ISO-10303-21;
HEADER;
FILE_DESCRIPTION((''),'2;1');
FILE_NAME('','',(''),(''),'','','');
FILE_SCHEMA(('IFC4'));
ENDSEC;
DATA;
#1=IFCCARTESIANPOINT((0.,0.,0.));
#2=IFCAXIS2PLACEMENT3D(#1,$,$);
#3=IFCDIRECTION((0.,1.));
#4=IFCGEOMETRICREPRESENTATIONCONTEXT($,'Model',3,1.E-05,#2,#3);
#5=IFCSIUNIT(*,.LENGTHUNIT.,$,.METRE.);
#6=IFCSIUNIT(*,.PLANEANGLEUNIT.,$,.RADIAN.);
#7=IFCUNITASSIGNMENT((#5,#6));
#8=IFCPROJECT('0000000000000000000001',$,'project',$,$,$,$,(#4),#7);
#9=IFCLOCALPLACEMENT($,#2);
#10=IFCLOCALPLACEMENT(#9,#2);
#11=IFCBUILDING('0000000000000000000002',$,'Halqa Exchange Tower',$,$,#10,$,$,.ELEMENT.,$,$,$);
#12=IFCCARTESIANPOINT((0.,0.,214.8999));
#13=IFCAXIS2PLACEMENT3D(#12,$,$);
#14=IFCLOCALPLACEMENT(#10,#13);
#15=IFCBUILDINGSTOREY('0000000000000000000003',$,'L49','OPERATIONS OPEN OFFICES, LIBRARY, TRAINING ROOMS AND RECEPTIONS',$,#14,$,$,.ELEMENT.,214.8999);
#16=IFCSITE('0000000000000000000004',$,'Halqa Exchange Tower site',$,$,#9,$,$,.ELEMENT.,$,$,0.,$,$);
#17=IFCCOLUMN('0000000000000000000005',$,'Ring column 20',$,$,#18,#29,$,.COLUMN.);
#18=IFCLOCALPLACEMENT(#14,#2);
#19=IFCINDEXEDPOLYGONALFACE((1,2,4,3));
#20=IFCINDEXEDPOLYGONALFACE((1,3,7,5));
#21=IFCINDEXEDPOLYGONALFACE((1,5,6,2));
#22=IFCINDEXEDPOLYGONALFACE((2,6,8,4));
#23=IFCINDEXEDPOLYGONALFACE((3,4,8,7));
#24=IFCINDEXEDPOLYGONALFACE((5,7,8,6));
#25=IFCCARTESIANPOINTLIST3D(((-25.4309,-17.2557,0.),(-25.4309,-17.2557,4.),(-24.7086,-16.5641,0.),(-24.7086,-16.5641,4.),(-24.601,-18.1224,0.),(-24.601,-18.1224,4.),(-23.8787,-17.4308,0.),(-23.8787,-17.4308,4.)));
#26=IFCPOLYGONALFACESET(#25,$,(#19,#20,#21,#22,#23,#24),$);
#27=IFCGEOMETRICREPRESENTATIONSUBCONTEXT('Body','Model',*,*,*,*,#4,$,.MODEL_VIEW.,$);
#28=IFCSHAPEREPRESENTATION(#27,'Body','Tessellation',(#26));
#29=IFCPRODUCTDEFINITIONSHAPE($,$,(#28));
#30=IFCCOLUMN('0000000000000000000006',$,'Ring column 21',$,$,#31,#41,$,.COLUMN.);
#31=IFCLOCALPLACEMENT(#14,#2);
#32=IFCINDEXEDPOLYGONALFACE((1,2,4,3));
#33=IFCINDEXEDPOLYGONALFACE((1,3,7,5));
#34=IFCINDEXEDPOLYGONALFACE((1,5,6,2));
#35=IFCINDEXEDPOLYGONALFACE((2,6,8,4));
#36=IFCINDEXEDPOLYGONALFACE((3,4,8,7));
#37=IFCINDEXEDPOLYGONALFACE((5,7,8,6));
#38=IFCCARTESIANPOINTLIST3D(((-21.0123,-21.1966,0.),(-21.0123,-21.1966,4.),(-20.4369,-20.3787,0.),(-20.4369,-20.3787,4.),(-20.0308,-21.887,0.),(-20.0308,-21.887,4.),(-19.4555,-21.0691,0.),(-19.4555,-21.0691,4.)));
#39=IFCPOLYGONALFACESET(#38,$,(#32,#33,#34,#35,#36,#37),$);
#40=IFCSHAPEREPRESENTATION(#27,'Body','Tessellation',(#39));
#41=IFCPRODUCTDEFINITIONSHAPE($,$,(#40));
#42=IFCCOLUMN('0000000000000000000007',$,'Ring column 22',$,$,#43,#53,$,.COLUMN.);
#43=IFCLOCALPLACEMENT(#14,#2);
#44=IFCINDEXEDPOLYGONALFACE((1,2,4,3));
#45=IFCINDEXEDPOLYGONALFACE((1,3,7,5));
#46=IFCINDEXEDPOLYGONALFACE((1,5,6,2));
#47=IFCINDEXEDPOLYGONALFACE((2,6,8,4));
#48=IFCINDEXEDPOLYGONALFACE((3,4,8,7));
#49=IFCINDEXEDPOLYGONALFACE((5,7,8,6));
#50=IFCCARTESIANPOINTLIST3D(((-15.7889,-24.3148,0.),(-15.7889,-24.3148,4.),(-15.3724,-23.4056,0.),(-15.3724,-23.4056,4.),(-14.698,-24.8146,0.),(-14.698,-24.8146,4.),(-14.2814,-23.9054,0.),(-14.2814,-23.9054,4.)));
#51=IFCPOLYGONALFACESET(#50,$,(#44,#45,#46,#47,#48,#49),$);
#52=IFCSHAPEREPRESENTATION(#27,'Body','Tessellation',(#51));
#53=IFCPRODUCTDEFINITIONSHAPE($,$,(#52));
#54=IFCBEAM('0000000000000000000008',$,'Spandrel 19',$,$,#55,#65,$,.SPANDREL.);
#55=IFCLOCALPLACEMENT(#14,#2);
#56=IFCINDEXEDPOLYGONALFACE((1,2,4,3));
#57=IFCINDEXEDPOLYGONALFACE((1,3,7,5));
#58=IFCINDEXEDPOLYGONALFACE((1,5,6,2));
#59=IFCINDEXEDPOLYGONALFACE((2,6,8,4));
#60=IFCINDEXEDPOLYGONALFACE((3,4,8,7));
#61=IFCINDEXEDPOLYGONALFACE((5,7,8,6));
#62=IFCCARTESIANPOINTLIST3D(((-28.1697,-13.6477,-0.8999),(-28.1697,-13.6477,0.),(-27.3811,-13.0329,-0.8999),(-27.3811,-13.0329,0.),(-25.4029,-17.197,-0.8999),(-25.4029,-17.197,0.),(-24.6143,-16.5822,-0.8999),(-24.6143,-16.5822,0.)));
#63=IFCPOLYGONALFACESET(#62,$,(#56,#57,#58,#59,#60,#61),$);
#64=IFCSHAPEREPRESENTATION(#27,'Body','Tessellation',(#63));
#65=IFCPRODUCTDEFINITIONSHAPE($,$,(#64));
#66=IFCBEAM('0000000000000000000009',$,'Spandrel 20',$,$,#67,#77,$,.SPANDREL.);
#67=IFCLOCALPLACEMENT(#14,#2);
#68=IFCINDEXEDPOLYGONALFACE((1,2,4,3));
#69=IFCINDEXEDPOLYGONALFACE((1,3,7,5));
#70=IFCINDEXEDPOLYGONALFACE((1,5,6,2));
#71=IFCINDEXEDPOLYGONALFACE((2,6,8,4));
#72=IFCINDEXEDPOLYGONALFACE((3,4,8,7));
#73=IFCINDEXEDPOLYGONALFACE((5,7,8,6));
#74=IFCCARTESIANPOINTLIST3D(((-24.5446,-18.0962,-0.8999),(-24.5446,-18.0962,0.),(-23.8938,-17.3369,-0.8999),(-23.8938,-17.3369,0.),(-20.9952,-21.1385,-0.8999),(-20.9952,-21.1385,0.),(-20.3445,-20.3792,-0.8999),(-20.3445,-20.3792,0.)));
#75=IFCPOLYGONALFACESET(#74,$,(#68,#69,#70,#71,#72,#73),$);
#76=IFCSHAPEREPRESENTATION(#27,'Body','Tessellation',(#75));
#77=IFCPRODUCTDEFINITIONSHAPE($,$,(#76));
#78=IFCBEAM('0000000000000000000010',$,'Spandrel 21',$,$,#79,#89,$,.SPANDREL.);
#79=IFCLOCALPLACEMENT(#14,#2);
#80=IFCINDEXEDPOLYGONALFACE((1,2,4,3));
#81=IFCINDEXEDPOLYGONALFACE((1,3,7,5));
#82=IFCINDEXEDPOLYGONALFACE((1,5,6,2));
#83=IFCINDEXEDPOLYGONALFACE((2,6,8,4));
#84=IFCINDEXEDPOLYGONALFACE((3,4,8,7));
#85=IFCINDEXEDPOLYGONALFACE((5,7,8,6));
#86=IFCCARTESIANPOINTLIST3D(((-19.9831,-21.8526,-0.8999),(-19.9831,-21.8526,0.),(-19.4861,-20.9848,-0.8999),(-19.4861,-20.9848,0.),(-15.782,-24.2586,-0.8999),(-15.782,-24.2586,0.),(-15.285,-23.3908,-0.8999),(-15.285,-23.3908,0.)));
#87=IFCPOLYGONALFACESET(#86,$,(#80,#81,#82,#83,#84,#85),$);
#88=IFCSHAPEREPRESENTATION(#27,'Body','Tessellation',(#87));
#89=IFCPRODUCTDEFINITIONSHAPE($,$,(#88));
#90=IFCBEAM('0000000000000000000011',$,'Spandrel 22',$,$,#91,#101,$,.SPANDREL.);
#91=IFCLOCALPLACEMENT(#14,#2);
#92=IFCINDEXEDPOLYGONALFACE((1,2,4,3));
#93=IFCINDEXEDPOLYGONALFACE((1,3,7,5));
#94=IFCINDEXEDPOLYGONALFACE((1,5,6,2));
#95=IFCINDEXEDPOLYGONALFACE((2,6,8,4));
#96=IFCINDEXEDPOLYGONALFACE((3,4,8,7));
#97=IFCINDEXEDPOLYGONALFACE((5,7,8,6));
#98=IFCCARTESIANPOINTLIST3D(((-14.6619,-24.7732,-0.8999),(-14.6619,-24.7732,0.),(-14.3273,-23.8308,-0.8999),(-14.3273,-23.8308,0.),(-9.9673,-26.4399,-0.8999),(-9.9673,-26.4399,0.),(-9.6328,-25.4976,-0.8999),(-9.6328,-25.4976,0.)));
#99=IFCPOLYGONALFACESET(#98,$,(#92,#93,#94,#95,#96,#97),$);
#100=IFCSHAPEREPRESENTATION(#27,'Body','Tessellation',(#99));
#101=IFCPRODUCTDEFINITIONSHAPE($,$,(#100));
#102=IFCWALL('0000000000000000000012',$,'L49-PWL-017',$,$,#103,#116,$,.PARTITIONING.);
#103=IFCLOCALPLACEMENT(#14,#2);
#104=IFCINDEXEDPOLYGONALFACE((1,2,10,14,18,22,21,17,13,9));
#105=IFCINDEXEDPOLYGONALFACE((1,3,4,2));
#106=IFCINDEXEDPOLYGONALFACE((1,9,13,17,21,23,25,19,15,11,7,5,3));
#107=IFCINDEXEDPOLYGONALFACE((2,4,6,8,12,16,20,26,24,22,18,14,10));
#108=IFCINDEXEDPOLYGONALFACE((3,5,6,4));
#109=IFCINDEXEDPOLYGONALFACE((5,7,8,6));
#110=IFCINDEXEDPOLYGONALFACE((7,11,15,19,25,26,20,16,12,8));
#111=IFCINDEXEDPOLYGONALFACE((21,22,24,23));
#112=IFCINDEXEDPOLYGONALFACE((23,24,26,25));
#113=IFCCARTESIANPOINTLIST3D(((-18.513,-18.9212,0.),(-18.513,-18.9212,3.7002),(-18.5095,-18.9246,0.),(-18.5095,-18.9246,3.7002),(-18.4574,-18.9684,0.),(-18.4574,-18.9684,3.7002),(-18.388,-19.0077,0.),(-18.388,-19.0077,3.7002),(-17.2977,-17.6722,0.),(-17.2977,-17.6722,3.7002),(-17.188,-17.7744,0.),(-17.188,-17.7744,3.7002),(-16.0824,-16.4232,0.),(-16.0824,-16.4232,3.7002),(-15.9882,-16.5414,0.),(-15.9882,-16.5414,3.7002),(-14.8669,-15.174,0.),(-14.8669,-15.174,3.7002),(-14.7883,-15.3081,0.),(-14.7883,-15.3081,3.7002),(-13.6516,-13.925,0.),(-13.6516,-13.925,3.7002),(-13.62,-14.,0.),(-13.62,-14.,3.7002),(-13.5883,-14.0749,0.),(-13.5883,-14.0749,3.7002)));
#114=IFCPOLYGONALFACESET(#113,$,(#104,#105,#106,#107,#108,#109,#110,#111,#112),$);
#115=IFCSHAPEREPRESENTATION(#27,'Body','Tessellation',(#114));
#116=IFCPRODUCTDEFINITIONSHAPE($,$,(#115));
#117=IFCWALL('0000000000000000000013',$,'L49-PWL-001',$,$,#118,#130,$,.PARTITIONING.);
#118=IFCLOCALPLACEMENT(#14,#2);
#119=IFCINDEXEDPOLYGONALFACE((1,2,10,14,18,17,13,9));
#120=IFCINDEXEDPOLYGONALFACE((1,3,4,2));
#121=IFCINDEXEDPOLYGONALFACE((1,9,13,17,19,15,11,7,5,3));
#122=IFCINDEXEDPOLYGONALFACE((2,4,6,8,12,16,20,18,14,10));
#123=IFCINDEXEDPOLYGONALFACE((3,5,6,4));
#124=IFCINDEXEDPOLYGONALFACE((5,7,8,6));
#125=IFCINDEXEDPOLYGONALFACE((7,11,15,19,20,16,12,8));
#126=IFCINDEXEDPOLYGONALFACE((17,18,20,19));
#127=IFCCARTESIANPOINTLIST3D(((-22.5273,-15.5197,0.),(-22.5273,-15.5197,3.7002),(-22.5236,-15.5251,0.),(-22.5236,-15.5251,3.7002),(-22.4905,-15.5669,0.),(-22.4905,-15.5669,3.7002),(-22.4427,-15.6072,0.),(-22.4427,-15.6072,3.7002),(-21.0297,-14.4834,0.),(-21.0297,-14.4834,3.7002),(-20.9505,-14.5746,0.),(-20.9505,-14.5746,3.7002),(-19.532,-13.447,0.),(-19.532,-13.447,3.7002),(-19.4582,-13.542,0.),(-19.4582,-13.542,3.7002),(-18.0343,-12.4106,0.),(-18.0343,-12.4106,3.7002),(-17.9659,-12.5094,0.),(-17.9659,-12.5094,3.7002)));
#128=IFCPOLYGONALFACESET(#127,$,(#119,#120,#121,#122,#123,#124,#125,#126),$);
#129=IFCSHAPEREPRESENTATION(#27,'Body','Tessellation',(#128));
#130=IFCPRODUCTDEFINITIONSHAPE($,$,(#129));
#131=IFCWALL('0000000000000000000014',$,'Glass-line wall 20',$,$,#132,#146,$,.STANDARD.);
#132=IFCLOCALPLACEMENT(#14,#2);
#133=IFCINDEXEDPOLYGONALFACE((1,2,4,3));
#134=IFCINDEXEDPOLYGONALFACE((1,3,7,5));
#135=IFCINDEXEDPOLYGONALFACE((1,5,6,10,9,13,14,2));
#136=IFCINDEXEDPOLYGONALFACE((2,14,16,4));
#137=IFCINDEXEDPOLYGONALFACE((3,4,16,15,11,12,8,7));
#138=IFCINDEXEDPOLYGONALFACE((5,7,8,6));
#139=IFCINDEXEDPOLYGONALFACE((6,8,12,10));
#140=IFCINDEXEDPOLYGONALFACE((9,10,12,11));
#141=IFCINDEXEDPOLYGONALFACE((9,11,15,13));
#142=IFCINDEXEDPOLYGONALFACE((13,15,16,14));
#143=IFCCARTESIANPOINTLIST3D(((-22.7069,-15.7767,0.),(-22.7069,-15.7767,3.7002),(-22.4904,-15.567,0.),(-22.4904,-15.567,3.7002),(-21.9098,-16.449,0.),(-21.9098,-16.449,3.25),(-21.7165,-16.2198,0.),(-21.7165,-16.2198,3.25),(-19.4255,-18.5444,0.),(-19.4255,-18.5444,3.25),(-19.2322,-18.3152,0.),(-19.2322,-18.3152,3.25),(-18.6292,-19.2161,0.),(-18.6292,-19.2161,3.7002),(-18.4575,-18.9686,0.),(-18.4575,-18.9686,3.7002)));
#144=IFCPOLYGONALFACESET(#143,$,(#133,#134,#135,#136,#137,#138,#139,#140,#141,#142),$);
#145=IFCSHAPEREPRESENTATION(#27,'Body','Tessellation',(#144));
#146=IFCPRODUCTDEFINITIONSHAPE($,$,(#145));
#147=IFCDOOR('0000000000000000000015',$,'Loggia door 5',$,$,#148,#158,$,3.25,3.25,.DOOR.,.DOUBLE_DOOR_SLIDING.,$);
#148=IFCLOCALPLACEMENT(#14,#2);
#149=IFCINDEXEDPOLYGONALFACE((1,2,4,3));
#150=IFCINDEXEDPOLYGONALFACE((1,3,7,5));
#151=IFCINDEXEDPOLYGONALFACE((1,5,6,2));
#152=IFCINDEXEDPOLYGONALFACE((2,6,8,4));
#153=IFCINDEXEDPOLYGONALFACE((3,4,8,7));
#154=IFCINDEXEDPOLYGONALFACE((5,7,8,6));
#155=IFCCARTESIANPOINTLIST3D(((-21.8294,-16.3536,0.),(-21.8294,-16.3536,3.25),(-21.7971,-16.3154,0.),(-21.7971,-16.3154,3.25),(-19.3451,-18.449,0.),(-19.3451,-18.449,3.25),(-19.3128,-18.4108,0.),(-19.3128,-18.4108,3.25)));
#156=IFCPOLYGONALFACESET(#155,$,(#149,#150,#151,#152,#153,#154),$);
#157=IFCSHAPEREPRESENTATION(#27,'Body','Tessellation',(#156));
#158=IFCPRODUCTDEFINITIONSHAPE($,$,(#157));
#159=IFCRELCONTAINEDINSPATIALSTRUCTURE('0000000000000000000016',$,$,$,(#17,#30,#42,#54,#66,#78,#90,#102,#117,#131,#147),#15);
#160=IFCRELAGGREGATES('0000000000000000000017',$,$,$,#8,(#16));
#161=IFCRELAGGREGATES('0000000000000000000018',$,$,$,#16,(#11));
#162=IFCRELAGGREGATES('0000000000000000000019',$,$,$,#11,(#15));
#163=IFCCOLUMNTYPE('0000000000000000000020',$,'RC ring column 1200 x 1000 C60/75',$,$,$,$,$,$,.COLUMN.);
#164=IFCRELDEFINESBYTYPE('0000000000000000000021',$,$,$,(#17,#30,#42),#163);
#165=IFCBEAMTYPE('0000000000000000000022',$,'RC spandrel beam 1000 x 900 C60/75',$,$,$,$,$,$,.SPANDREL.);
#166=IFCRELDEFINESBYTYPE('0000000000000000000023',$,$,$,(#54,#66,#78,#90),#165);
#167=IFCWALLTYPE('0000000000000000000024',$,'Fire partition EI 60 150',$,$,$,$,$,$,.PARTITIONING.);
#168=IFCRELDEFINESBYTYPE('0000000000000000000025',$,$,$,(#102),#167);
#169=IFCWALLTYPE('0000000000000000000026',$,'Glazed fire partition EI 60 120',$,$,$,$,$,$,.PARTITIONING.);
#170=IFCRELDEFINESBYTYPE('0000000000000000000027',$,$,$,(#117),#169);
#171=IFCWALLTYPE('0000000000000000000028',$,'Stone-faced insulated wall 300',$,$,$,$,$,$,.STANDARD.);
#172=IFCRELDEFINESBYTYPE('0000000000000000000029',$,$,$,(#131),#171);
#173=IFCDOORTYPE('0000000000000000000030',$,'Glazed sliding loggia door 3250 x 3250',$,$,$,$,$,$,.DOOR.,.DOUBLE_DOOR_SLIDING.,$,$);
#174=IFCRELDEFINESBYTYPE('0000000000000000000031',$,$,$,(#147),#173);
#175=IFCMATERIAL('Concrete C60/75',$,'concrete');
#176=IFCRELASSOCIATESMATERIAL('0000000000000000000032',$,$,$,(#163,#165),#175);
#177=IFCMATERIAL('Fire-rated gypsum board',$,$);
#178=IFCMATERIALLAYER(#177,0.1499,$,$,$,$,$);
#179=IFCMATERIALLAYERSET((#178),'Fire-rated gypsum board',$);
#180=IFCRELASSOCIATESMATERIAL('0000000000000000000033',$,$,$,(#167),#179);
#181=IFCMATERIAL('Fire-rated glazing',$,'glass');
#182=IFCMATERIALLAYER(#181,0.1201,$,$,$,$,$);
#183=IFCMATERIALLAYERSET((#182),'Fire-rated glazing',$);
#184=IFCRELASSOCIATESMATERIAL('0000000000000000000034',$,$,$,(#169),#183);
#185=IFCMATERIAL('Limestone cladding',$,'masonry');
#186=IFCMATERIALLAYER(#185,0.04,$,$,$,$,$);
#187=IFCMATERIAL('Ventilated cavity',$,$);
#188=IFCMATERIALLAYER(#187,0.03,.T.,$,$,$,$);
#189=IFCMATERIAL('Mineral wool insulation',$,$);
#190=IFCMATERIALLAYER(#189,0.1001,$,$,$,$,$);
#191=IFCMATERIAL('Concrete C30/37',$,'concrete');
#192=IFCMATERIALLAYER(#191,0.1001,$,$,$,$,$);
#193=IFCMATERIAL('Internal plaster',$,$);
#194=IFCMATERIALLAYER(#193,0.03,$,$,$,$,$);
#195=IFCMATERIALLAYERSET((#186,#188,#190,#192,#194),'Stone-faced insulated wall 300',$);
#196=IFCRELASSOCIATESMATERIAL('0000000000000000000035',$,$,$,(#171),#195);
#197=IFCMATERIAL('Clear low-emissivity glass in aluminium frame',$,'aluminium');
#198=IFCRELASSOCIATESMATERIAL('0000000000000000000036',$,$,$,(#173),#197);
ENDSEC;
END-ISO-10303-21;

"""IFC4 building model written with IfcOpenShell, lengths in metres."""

from ifc_helpers import new_model, si_unit, direction, frame, frame_2d, origin, origin_2d, place, context, subcontext, project, spatial, polyline, rectangle, outline, extrude, material, layer, layer_set, material_profile, profile_set, type_object, element, fill, save


model = new_model("IFC4")

# Units and contexts
model_context = context("Model", 3, precision=1e-05, world=origin(), true_north=direction((0.0, 1.0)))
body_context = subcontext(model_context, "Body", "Model", "MODEL_VIEW")
ifc_project = project(units=[si_unit("LENGTHUNIT", "METRE"), si_unit("PLANEANGLEUNIT", "RADIAN")], contexts=[model_context])

# Site, building, storey
site_placement = place(None, origin())
site = spatial("IfcSite", under=ifc_project, at=site_placement, Name="Halqa Exchange Tower site", CompositionType="ELEMENT", RefElevation=0.0)
building_placement = place(site_placement, origin())
building = spatial("IfcBuilding", under=site, at=building_placement, Name="Halqa Exchange Tower", CompositionType="ELEMENT")
storey_placement = place(building_placement, frame((0.0, 0.0, 214.8999)))
storey = spatial("IfcBuildingStorey", under=building, at=storey_placement, Name="L49", Description="OPERATIONS OPEN OFFICES, LIBRARY, TRAINING ROOMS AND RECEPTIONS", CompositionType="ELEMENT", Elevation=214.8999)

# Columns
ifc_material_1 = material(Name="Concrete C60/75", Category="concrete")
ifc_material_profile_1 = material_profile(ifc_material_1, rectangle(XDim=1.2, YDim=1.0, at=origin_2d()), Name="1200 x 1000")
ifc_profile_set_1 = profile_set([ifc_material_profile_1], Name="Concrete C60/75")
column_type = type_object("IfcColumnType", Name="RC ring column 1200 x 1000 C60/75", PredefinedType="COLUMN", material=ifc_profile_set_1)
for number, where, z_axis, x_axis, name in (
    (1, (-24.6548, -17.3433, 0.0), (0.0, 0.0, 1.0), (0.691575, -0.722305, 0.0), "Ring column 20"),
    (2, (-20.2339, -21.1328, 0.0), (0.0, 0.0, 1.0), (0.817906, -0.575352, 0.0), "Ring column 21"),
    (3, (-15.0352, -24.1101, 0.0), (0.0, 0.0, 1.0), (0.909129, -0.416514, 0.0), "Ring column 22"),
):
    element("IfcColumn", number, at=place(storey_placement, frame(where, z_axis=z_axis, x_axis=x_axis)), inside=storey, type_object=column_type, Name=name, PredefinedType="COLUMN", context=body_context, shape_type="SweptSolid", body=[
        extrude(rectangle(XDim=1.2, YDim=1.0, at=origin_2d()), origin(), (0.0, 0.0, 1.0), 4.0),
    ])

# Beams
ifc_material_profile_2 = material_profile(ifc_material_1, rectangle(XDim=1.0, YDim=0.8999, at=origin_2d()), Name="1000 x 900")
ifc_profile_set_2 = profile_set([ifc_material_profile_2], Name="Concrete C60/75")
beam_type = type_object("IfcBeamType", Name="RC spandrel beam 1000 x 900 C60/75", PredefinedType="SPANDREL", material=ifc_profile_set_2)
beam_1_placement = place(storey_placement, frame((-27.7754, -13.3403, -0.45), z_axis=(0.614808, -0.788677, 0.0), x_axis=(0.788677, 0.614808, 0.0)))
element("IfcBeam", 4, at=beam_1_placement, inside=storey, type_object=beam_type, Name="Spandrel 19", PredefinedType="SPANDREL", context=body_context, shape_type="SweptSolid", body=[
    extrude(rectangle(XDim=1.0, YDim=0.8999, at=origin_2d()), origin(), (0.0, 0.0, 1.0), 4.5002),
])
beam_2_placement = place(storey_placement, frame((-24.2192, -17.7166, -0.45), z_axis=(0.75926, -0.650787, 0.0), x_axis=(0.650787, 0.75926, 0.0)))
element("IfcBeam", 5, at=beam_2_placement, inside=storey, type_object=beam_type, Name="Spandrel 20", PredefinedType="SPANDREL", context=body_context, shape_type="SweptSolid", body=[
    extrude(rectangle(XDim=1.0, YDim=0.8999, at=origin_2d()), origin(), (0.0, 0.0, 1.0), 4.6748),
])
beam_3_placement = place(storey_placement, frame((-19.7346, -21.4187, -0.45), z_axis=(0.867768, -0.49697, 0.0), x_axis=(0.49697, 0.867768, 0.0)))
element("IfcBeam", 6, at=beam_3_placement, inside=storey, type_object=beam_type, Name="Spandrel 21", PredefinedType="SPANDREL", context=body_context, shape_type="SweptSolid", body=[
    extrude(rectangle(XDim=1.0, YDim=0.8999, at=origin_2d()), origin(), (0.0, 0.0, 1.0), 4.8413),
])
beam_4_placement = place(storey_placement, frame((-14.4946, -24.302, -0.45), z_axis=(0.942369, -0.334576, 0.0), x_axis=(0.334576, 0.942369, 0.0)))
element("IfcBeam", 7, at=beam_4_placement, inside=storey, type_object=beam_type, Name="Spandrel 22", PredefinedType="SPANDREL", context=body_context, shape_type="SweptSolid", body=[
    extrude(rectangle(XDim=1.0, YDim=0.8999, at=origin_2d()), origin(), (0.0, 0.0, 1.0), 4.9817),
])

# Shared definitions
ifc_material_2 = material(Name="Fire-rated gypsum board")
ifc_layer_1 = layer(ifc_material_2, 0.1499)
ifc_layer_set_1 = layer_set([ifc_layer_1], Name="Fire-rated gypsum board")
wall_type_1 = type_object("IfcWallType", Name="Fire partition EI 60 150", PredefinedType="PARTITIONING", material=ifc_layer_set_1)

# Walls
wall_1_placement = place(storey_placement, frame((-13.5979, -13.9773, 0.0), z_axis=(0.0, 0.0, 1.0), x_axis=(-0.697374, -0.716707, 0.0)))
element("IfcWall", 8, at=wall_1_placement, inside=storey, type_object=wall_type_1, Name="L49-PWL-017", PredefinedType="PARTITIONING", context=body_context, shape_type="SweptSolid", body=[
    extrude(outline(polyline([(6.9709, -0.075), (6.9709, -0.0701), (6.9661, -0.0022), (6.9458, 0.075), (5.2251, 0.075), (3.5046, 0.075), (1.7839, 0.075), (0.0632, 0.075), (0.0317, 0.0), (0.0, -0.075), (1.7427, -0.075), (3.4856, -0.075), (5.2283, -0.075), (6.9709, -0.075)])), origin(), (0.0, 0.0, 1.0), 3.7002),
])
ifc_material_3 = material(Name="Fire-rated glazing", Category="glass")
ifc_layer_2 = layer(ifc_material_3, 0.1201)
ifc_layer_set_2 = layer_set([ifc_layer_2], Name="Fire-rated glazing")
wall_type_2 = type_object("IfcWallType", Name="Glazed fire partition EI 60 120", PredefinedType="PARTITIONING", material=ifc_layer_set_2)
wall_2_placement = place(storey_placement, frame((-22.4932, -15.5691, 0.0), z_axis=(0.0, 0.0, 1.0), x_axis=(0.822322, 0.569022, 0.0)))
element("IfcWall", 9, at=wall_2_placement, inside=storey, type_object=wall_type_2, Name="L49-PWL-001", PredefinedType="PARTITIONING", context=body_context, shape_type="SweptSolid", body=[
    extrude(outline(polyline([(0.0198, -0.0601), (1.8345, -0.0601), (3.6492, -0.0601), (5.4639, -0.0601), (5.4639, 0.0601), (3.6426, 0.0601), (1.8213, 0.0601), (0.0, 0.0601), (0.0, 0.0535), (0.0034, 0.0002), (0.0198, -0.0601)])), origin(), (0.0, 0.0, 1.0), 3.7002),
])

# Wall, opening, door
ifc_material_4 = material(Name="Limestone cladding", Category="masonry")
ifc_layer_3 = layer(ifc_material_4, 0.04)
ifc_material_5 = material(Name="Ventilated cavity")
ifc_layer_4 = layer(ifc_material_5, 0.03, ventilated=True)
ifc_material_6 = material(Name="Mineral wool insulation")
ifc_layer_5 = layer(ifc_material_6, 0.1001)
ifc_material_7 = material(Name="Concrete C30/37", Category="concrete")
ifc_layer_6 = layer(ifc_material_7, 0.1001)
ifc_material_8 = material(Name="Internal plaster")
ifc_layer_7 = layer(ifc_material_8, 0.03)
ifc_layer_set_3 = layer_set([ifc_layer_3, ifc_layer_4, ifc_layer_5, ifc_layer_6, ifc_layer_7], Name="Stone-faced insulated wall 300")
wall_type_3 = type_object("IfcWallType", Name="Stone-faced insulated wall 300", PredefinedType="STANDARD", material=ifc_layer_set_3)
wall_3_placement = place(storey_placement, frame((-22.5986, -15.6719, 0.0), z_axis=(0.0, 0.0, 1.0), x_axis=(0.764398, -0.644745, 0.0)))
wall_3 = element("IfcWall", 10, at=wall_3_placement, inside=storey, type_object=wall_type_3, Name="Glass-line wall 20", PredefinedType="STANDARD", context=body_context, shape_type="SweptSolid", body=[
    extrude(outline(polyline([(-0.0151, -0.1499), (5.3193, -0.1499), (5.291, 0.1499), (0.0151, 0.1499), (-0.0151, -0.1499)])), origin(), (0.0, 0.0, 1.0), 3.7002),
])
opening_1_placement = place(wall_3_placement, frame((1.0276, 0.0, 0.0)))
opening_1 = element("IfcOpeningElement", 11, at=opening_1_placement, cuts=wall_3, PredefinedType="OPENING", context=body_context, shape_type="SweptSolid", body=[
    extrude(rectangle(XDim=3.25, YDim=3.25, at=frame_2d((1.625, 1.625))), frame((0.0, 0.1621, 0.0), z_axis=(0.0, -1.0, 0.0), x_axis=(1.0, 0.0, 0.0)), (0.0, 0.0, 1.0), 0.324),
])
ifc_material_9 = material(Name="Clear low-emissivity glass in aluminium frame", Category="aluminium")
door_type_1 = type_object("IfcDoorType", Name="Glazed sliding loggia door 3250 x 3250", OperationType="DOUBLE_DOOR_SLIDING", PredefinedType="DOOR", material=ifc_material_9)
door_1_placement = place(opening_1_placement, origin())
door_1 = element("IfcDoor", 12, at=door_1_placement, inside=storey, type_object=door_type_1, Name="Loggia door 5", OperationType="DOUBLE_DOOR_SLIDING", OverallHeight=3.25, OverallWidth=3.25, PredefinedType="DOOR", context=body_context, shape_type="SweptSolid", body=[
    extrude(rectangle(XDim=3.25, YDim=3.25, at=frame_2d((1.625, 1.625))), frame((0.0, 0.0249, 0.0), z_axis=(0.0, -1.0, 0.0), x_axis=(1.0, 0.0, 0.0)), (0.0, 0.0, 1.0), 0.05),
])
fill(opening_1, door_1)

save(model, "model.ifc")
